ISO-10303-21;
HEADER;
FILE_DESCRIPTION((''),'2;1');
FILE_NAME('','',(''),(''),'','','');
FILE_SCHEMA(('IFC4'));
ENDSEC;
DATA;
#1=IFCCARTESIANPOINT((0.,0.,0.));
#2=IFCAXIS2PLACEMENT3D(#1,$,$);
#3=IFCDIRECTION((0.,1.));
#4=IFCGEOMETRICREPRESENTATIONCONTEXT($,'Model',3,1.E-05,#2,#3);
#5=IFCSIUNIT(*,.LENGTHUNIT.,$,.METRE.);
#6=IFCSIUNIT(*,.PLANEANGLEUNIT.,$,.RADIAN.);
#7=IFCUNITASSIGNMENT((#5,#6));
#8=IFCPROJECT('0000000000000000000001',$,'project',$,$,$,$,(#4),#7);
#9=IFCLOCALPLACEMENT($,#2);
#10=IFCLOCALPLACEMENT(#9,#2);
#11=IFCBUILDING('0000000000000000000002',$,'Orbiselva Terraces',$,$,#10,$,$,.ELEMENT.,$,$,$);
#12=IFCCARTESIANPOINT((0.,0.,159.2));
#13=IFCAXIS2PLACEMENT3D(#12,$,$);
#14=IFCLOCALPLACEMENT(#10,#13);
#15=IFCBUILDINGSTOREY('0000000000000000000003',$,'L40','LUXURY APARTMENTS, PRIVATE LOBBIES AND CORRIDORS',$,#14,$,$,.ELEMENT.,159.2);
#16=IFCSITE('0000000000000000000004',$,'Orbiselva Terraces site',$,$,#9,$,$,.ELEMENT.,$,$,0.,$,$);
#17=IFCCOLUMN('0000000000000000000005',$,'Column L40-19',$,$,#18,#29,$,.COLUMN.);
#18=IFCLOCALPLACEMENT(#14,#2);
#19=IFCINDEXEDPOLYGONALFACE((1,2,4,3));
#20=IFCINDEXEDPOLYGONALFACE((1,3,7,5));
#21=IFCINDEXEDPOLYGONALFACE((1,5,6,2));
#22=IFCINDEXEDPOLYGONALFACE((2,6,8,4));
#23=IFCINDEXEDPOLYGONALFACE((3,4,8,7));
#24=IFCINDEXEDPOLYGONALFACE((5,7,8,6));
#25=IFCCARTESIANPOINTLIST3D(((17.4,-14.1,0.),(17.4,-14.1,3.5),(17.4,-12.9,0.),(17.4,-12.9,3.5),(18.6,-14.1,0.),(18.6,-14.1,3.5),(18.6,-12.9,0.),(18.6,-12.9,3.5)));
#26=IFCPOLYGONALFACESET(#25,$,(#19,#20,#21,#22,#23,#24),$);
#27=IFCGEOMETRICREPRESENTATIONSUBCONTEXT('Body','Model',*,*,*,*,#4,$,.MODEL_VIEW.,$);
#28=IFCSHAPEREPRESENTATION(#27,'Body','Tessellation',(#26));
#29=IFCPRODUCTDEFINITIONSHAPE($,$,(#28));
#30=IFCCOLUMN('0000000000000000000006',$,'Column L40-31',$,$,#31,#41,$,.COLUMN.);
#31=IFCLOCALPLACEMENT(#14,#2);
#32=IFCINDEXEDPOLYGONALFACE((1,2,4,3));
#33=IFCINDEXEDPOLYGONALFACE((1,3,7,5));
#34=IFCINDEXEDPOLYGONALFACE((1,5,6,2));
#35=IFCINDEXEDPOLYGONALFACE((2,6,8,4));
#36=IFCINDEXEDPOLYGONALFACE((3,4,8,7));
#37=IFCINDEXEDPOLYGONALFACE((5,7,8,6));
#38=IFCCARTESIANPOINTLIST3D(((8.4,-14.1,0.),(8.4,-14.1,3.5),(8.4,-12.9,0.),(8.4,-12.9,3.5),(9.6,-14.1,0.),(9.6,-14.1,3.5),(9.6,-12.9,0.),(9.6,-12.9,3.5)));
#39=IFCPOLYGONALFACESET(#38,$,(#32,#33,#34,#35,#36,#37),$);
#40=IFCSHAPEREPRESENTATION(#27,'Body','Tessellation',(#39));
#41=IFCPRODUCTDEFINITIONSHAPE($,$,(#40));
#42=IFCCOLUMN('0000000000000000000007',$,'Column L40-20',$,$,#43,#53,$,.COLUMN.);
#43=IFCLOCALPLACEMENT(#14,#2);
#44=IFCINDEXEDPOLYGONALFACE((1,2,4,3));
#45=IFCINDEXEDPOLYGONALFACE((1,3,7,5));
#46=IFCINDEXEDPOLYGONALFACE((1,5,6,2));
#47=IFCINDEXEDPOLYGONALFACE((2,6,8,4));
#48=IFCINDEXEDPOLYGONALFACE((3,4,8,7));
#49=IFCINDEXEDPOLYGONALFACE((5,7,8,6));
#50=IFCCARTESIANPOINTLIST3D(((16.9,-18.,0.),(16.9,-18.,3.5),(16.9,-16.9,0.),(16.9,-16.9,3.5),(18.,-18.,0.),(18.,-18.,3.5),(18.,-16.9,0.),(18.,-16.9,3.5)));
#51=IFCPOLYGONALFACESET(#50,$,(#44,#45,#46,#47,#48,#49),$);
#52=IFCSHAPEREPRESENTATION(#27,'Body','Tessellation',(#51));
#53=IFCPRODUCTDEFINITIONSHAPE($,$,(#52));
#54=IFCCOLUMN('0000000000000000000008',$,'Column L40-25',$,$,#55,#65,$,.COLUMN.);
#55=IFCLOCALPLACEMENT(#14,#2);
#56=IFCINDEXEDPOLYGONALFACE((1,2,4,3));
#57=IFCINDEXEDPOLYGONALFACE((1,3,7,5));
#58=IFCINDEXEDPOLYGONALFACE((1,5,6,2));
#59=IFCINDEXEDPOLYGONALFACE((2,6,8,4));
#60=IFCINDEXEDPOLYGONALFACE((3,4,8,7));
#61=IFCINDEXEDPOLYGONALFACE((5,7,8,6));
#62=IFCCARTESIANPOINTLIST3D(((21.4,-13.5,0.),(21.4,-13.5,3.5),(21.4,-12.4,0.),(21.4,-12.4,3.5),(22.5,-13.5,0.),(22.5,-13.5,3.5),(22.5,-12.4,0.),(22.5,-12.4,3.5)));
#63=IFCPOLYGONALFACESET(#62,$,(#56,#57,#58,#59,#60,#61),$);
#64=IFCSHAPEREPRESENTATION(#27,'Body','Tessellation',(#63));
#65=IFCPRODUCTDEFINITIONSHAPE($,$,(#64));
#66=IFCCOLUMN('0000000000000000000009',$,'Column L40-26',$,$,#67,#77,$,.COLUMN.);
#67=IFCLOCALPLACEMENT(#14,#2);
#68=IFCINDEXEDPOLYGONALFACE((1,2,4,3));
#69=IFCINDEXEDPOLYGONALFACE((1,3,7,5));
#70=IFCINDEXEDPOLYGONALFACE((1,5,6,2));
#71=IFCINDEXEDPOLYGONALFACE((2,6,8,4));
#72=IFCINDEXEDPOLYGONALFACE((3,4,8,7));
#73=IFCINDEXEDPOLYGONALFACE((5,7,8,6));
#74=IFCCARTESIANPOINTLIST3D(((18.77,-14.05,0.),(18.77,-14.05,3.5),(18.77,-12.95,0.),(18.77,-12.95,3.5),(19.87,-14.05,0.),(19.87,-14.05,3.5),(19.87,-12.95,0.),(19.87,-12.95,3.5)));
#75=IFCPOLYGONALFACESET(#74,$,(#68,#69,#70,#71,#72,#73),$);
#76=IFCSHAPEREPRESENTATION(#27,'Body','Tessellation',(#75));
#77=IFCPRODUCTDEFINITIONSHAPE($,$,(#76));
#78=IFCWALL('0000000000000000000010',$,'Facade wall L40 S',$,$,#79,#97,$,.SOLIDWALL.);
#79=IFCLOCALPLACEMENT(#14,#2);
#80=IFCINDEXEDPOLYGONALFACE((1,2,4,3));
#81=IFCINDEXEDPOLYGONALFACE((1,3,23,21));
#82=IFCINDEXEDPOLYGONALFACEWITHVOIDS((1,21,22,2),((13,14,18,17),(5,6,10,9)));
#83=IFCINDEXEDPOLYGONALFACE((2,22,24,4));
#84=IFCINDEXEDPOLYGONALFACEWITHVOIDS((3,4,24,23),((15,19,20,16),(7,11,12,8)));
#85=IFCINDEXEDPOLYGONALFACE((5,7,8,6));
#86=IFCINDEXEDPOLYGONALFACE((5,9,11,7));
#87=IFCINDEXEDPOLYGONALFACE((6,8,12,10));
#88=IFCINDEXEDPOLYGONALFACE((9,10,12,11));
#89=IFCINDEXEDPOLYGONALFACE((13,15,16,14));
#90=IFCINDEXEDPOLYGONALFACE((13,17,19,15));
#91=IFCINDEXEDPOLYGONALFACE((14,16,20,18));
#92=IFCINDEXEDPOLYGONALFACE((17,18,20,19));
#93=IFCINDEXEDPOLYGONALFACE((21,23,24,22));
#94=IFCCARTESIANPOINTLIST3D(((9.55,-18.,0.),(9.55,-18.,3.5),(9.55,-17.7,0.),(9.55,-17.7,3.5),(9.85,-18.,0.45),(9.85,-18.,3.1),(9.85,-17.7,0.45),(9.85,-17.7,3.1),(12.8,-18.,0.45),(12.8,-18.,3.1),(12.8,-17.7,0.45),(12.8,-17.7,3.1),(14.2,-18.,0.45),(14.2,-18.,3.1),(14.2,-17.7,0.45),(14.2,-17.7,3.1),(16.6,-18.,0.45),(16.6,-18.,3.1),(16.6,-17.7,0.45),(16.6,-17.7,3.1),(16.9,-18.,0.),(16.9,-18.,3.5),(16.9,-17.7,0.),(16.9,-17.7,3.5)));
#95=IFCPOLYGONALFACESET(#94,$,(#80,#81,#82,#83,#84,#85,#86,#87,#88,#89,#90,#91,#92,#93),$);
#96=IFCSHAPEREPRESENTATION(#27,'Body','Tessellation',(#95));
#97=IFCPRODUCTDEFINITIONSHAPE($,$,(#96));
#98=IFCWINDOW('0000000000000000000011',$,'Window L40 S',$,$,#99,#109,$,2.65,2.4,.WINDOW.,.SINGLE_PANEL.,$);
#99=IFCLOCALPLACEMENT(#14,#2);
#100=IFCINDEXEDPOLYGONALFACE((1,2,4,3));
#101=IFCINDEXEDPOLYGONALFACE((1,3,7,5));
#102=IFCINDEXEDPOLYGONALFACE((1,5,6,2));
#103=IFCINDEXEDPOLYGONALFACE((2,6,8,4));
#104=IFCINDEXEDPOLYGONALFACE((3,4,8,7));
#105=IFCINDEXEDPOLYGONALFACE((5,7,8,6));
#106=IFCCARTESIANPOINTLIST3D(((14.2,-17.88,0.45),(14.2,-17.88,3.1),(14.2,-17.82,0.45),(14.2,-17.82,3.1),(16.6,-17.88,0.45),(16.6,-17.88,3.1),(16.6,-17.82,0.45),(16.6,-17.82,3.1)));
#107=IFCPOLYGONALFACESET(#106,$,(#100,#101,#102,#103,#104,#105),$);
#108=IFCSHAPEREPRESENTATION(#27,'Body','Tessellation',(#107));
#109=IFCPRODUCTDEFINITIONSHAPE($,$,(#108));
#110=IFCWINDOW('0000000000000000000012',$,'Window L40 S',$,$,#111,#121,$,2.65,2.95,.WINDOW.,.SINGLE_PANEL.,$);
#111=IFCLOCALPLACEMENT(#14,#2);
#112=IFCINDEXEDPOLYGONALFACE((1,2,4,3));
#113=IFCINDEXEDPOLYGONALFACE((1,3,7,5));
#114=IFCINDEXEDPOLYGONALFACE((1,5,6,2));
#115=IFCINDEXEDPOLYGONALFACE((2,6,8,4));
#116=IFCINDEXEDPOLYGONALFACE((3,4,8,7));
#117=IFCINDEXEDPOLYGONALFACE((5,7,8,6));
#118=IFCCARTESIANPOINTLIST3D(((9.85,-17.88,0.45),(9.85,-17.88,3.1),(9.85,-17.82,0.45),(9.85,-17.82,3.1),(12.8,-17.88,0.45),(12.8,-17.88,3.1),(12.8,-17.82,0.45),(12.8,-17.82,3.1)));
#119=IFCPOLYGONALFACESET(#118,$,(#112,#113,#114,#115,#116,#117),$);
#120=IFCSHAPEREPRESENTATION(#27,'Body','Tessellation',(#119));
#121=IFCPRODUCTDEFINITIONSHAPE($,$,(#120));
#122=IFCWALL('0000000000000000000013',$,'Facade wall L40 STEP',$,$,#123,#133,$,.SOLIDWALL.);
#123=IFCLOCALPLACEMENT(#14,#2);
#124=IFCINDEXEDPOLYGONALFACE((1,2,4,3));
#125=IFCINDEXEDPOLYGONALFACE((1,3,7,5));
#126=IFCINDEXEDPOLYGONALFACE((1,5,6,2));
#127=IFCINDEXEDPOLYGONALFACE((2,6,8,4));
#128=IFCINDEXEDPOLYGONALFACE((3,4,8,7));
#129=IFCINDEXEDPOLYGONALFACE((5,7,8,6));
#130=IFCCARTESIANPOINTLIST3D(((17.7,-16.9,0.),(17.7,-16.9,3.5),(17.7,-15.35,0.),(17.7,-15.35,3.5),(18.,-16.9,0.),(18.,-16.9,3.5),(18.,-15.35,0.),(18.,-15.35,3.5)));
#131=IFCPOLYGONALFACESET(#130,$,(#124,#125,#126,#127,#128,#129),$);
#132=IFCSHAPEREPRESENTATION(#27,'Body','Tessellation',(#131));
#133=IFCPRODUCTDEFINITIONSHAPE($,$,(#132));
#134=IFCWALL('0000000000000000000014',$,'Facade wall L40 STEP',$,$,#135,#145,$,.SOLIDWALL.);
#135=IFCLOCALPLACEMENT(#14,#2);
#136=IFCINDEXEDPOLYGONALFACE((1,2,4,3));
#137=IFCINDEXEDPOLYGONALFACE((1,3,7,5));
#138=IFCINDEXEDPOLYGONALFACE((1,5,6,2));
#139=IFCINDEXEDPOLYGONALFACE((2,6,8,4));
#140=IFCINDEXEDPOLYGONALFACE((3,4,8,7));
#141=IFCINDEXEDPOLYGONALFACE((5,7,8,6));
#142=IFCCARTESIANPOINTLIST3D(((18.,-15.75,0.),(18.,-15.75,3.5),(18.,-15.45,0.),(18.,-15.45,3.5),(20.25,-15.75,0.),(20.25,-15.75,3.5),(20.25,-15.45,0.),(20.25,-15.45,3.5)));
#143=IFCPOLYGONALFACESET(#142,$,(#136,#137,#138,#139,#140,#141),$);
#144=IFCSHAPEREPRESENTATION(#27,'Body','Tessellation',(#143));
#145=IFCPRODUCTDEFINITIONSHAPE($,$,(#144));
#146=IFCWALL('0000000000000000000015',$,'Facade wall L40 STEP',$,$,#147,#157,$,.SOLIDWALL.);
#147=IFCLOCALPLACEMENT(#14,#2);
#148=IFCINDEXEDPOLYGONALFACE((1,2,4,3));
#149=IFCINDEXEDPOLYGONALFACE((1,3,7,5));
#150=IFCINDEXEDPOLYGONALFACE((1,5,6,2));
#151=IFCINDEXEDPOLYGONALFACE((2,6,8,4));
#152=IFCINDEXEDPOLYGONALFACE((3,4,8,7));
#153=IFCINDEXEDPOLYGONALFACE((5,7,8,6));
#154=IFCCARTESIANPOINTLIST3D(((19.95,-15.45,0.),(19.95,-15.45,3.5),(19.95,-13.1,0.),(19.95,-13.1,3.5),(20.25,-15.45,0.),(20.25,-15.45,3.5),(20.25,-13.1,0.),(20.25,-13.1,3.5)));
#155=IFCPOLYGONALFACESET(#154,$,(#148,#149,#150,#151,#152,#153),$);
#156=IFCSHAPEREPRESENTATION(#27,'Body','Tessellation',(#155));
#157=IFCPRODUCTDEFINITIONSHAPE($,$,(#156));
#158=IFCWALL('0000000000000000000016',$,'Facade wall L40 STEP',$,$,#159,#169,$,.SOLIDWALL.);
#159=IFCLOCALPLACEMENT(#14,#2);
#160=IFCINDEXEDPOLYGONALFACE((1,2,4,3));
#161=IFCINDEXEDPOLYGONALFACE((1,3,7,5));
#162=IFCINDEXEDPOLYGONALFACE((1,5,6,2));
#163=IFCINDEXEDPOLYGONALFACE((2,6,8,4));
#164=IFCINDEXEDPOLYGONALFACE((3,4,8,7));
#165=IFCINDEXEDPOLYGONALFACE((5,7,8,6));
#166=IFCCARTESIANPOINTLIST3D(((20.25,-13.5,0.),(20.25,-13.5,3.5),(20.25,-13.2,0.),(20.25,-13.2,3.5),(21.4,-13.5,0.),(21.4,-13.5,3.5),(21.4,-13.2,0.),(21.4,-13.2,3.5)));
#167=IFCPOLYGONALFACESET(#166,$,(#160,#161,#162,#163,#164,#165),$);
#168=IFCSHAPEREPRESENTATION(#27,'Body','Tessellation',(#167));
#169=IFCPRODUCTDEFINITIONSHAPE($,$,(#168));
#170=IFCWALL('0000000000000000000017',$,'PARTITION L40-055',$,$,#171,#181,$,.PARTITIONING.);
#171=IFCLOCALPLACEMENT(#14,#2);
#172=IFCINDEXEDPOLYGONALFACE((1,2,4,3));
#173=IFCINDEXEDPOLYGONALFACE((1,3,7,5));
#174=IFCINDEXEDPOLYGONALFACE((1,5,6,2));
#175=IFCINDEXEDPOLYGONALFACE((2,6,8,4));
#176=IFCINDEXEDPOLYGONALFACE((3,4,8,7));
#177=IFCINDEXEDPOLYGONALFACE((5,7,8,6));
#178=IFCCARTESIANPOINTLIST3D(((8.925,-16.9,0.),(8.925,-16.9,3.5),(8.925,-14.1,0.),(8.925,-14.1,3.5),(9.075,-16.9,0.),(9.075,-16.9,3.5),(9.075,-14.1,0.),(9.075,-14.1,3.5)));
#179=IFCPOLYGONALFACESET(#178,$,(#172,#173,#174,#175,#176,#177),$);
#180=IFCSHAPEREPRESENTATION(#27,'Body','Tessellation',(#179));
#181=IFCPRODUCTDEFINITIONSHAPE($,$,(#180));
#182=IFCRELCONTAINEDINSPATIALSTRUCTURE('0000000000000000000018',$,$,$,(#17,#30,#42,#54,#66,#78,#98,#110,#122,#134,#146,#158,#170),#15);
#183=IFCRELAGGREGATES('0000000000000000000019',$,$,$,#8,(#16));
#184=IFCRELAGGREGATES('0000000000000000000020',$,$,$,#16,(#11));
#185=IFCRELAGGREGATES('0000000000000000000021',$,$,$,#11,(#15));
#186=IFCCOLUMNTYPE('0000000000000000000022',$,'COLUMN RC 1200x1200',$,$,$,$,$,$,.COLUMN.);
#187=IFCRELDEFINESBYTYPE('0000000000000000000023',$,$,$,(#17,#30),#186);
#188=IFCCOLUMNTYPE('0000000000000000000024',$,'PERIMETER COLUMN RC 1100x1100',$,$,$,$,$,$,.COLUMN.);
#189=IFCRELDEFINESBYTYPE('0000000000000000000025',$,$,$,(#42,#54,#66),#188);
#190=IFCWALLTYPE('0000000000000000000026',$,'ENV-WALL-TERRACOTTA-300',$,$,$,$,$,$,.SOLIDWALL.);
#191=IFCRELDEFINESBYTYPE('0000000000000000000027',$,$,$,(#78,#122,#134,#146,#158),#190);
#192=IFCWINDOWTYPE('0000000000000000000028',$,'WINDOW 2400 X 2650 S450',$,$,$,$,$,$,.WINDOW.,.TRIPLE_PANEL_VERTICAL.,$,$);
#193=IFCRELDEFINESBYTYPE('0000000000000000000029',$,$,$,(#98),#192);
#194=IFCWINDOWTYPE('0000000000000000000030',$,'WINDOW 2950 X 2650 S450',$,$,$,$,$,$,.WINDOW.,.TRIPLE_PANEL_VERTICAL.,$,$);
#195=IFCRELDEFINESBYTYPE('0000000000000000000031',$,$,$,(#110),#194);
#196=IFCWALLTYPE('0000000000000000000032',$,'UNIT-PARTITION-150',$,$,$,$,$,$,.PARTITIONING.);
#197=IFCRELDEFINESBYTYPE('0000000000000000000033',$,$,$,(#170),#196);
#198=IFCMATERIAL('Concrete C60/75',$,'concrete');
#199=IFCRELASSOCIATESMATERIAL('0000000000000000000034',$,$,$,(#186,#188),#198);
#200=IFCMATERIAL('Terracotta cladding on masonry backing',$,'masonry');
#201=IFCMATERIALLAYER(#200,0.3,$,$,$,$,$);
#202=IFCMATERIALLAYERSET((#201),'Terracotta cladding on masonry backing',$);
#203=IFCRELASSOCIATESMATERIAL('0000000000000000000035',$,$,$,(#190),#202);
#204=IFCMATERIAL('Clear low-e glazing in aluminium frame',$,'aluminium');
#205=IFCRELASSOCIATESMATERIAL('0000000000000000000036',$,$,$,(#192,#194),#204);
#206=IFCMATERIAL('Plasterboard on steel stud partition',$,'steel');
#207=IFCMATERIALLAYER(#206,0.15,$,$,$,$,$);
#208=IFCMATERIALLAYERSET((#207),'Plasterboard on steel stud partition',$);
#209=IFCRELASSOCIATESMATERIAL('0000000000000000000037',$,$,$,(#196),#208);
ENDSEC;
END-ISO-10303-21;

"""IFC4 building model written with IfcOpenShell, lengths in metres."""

from ifc_helpers import new_model, si_unit, direction, frame, frame_2d, origin, origin_2d, place, context, subcontext, project, spatial, rectangle, extrude, material, layer, layer_set, material_profile, profile_set, type_object, element, fill, save


model = new_model("IFC4")

# Units and contexts
model_context = context("Model", 3, precision=1e-05, world=origin(), true_north=direction((0.0, 1.0)))
body_context = subcontext(model_context, "Body", "Model", "MODEL_VIEW")
ifc_project = project(units=[si_unit("LENGTHUNIT", "METRE"), si_unit("PLANEANGLEUNIT", "RADIAN")], contexts=[model_context])

# Site, building, storey
site_placement = place(None, origin())
site = spatial("IfcSite", under=ifc_project, at=site_placement, Name="Orbiselva Terraces site", CompositionType="ELEMENT", RefElevation=0.0)
building_placement = place(site_placement, origin())
building = spatial("IfcBuilding", under=site, at=building_placement, Name="Orbiselva Terraces", CompositionType="ELEMENT")
storey_placement = place(building_placement, frame((0.0, 0.0, 159.2)))
storey = spatial("IfcBuildingStorey", under=building, at=storey_placement, Name="L40", Description="LUXURY APARTMENTS, PRIVATE LOBBIES AND CORRIDORS", CompositionType="ELEMENT", Elevation=159.2)

# Columns
ifc_material_1 = material(Name="Concrete C60/75", Category="concrete")
ifc_material_profile_1 = material_profile(ifc_material_1, rectangle(XDim=1.2, YDim=1.2, at=origin_2d()), Name="RC 1200x1200")
ifc_profile_set_1 = profile_set([ifc_material_profile_1], Name="Concrete C60/75")
column_type_1 = type_object("IfcColumnType", Name="COLUMN RC 1200x1200", PredefinedType="COLUMN", material=ifc_profile_set_1)
for number, where, z_axis, x_axis, name in (
    (1, (18.0, -13.5, 0.0), (0.0, 0.0, 1.0), (1.0, 0.0, 0.0), "Column L40-19"),
    (2, (9.0, -13.5, 0.0), (0.0, 0.0, 1.0), (1.0, 0.0, 0.0), "Column L40-31"),
):
    element("IfcColumn", number, at=place(storey_placement, frame(where, z_axis=z_axis, x_axis=x_axis)), inside=storey, type_object=column_type_1, Name=name, PredefinedType="COLUMN", context=body_context, shape_type="SweptSolid", body=[
        extrude(rectangle(XDim=1.2, YDim=1.2, at=origin_2d()), origin(), (0.0, 0.0, 1.0), 3.5),
    ])
ifc_material_profile_2 = material_profile(ifc_material_1, rectangle(XDim=1.1, YDim=1.1, at=origin_2d()), Name="RC 1100x1100")
ifc_profile_set_2 = profile_set([ifc_material_profile_2], Name="Concrete C60/75")
column_type_2 = type_object("IfcColumnType", Name="PERIMETER COLUMN RC 1100x1100", PredefinedType="COLUMN", material=ifc_profile_set_2)
for number, where, z_axis, x_axis, name in (
    (3, (17.45, -17.45, 0.0), (0.0, 0.0, 1.0), (1.0, 0.0, 0.0), "Column L40-20"),
    (4, (21.95, -12.95, 0.0), (0.0, 0.0, 1.0), (1.0, 0.0, 0.0), "Column L40-25"),
    (5, (19.32, -13.5, 0.0), (0.0, 0.0, 1.0), (1.0, 0.0, 0.0), "Column L40-26"),
):
    element("IfcColumn", number, at=place(storey_placement, frame(where, z_axis=z_axis, x_axis=x_axis)), inside=storey, type_object=column_type_2, Name=name, PredefinedType="COLUMN", context=body_context, shape_type="SweptSolid", body=[
        extrude(rectangle(XDim=1.1, YDim=1.1, at=origin_2d()), origin(), (0.0, 0.0, 1.0), 3.5),
    ])

# Wall, openings, windows
ifc_material_2 = material(Name="Terracotta cladding on masonry backing", Category="masonry")
ifc_layer_1 = layer(ifc_material_2, 0.3)
ifc_layer_set_1 = layer_set([ifc_layer_1], Name="Terracotta cladding on masonry backing")
wall_type_1 = type_object("IfcWallType", Name="ENV-WALL-TERRACOTTA-300", PredefinedType="SOLIDWALL", material=ifc_layer_set_1)
wall_1_placement = place(storey_placement, frame((16.9, -17.85, 0.0), z_axis=(0.0, 0.0, 1.0), x_axis=(-1.0, 0.0, 0.0)))
wall_1 = element("IfcWall", 6, at=wall_1_placement, inside=storey, type_object=wall_type_1, Name="Facade wall L40 S", PredefinedType="SOLIDWALL", context=body_context, shape_type="SweptSolid", body=[
    extrude(rectangle(XDim=7.35, YDim=0.3, at=frame_2d((3.675, 0.0))), origin(), (0.0, 0.0, 1.0), 3.5),
])
opening_1_placement = place(wall_1_placement, frame((4.1, 0.0, 0.45)))
opening_1 = element("IfcOpeningElement", 7, at=opening_1_placement, cuts=wall_1, PredefinedType="OPENING", context=body_context, shape_type="SweptSolid", body=[
    extrude(rectangle(XDim=2.95, YDim=2.65, at=frame_2d((1.475, 1.325))), frame((0.0, 0.16, 0.0), z_axis=(0.0, -1.0, 0.0), x_axis=(1.0, 0.0, 0.0)), (0.0, 0.0, 1.0), 0.32),
])
opening_2_placement = place(wall_1_placement, frame((0.3, 0.0, 0.45)))
opening_2 = element("IfcOpeningElement", 8, at=opening_2_placement, cuts=wall_1, PredefinedType="OPENING", context=body_context, shape_type="SweptSolid", body=[
    extrude(rectangle(XDim=2.4, YDim=2.65, at=frame_2d((1.2, 1.325))), frame((0.0, 0.16, 0.0), z_axis=(0.0, -1.0, 0.0), x_axis=(1.0, 0.0, 0.0)), (0.0, 0.0, 1.0), 0.32),
])
ifc_material_3 = material(Name="Clear low-e glazing in aluminium frame", Category="aluminium")
window_type_1 = type_object("IfcWindowType", Name="WINDOW 2400 X 2650 S450", PartitioningType="TRIPLE_PANEL_VERTICAL", PredefinedType="WINDOW", material=ifc_material_3)
window_1_placement = place(opening_2_placement, origin())
window_1 = element("IfcWindow", 9, at=window_1_placement, inside=storey, type_object=window_type_1, Name="Window L40 S", OverallHeight=2.65, OverallWidth=2.4, PartitioningType="SINGLE_PANEL", PredefinedType="WINDOW", context=body_context, shape_type="SweptSolid", body=[
    extrude(rectangle(XDim=2.4, YDim=2.65, at=frame_2d((1.2, 1.325))), frame((0.0, 0.03, 0.0), z_axis=(0.0, -1.0, 0.0), x_axis=(1.0, 0.0, 0.0)), (0.0, 0.0, 1.0), 0.06),
])
fill(opening_2, window_1)
window_type_2 = type_object("IfcWindowType", Name="WINDOW 2950 X 2650 S450", PartitioningType="TRIPLE_PANEL_VERTICAL", PredefinedType="WINDOW", material=ifc_material_3)
window_2_placement = place(opening_1_placement, origin())
window_2 = element("IfcWindow", 10, at=window_2_placement, inside=storey, type_object=window_type_2, Name="Window L40 S", OverallHeight=2.65, OverallWidth=2.95, PartitioningType="SINGLE_PANEL", PredefinedType="WINDOW", context=body_context, shape_type="SweptSolid", body=[
    extrude(rectangle(XDim=2.95, YDim=2.65, at=frame_2d((1.475, 1.325))), frame((0.0, 0.03, 0.0), z_axis=(0.0, -1.0, 0.0), x_axis=(1.0, 0.0, 0.0)), (0.0, 0.0, 1.0), 0.06),
])
fill(opening_1, window_2)

# Walls
wall_2_placement = place(storey_placement, frame((17.85, -15.35, 0.0), z_axis=(0.0, 0.0, 1.0), x_axis=(0.0, -1.0, 0.0)))
element("IfcWall", 11, at=wall_2_placement, inside=storey, type_object=wall_type_1, Name="Facade wall L40 STEP", PredefinedType="SOLIDWALL", context=body_context, shape_type="SweptSolid", body=[
    extrude(rectangle(XDim=1.55, YDim=0.3, at=frame_2d((0.775, 0.0))), origin(), (0.0, 0.0, 1.0), 3.5),
])
wall_3_placement = place(storey_placement, frame((20.25, -15.6, 0.0), z_axis=(0.0, 0.0, 1.0), x_axis=(-1.0, 0.0, 0.0)))
element("IfcWall", 12, at=wall_3_placement, inside=storey, type_object=wall_type_1, Name="Facade wall L40 STEP", PredefinedType="SOLIDWALL", context=body_context, shape_type="SweptSolid", body=[
    extrude(rectangle(XDim=2.25, YDim=0.3, at=frame_2d((1.125, 0.0))), origin(), (0.0, 0.0, 1.0), 3.5),
])
wall_4_placement = place(storey_placement, frame((20.1, -13.1, 0.0), z_axis=(0.0, 0.0, 1.0), x_axis=(0.0, -1.0, 0.0)))
element("IfcWall", 13, at=wall_4_placement, inside=storey, type_object=wall_type_1, Name="Facade wall L40 STEP", PredefinedType="SOLIDWALL", context=body_context, shape_type="SweptSolid", body=[
    extrude(rectangle(XDim=2.35, YDim=0.3, at=frame_2d((1.175, 0.0))), origin(), (0.0, 0.0, 1.0), 3.5),
])
wall_5_placement = place(storey_placement, frame((21.4, -13.35, 0.0), z_axis=(0.0, 0.0, 1.0), x_axis=(-1.0, 0.0, 0.0)))
element("IfcWall", 14, at=wall_5_placement, inside=storey, type_object=wall_type_1, Name="Facade wall L40 STEP", PredefinedType="SOLIDWALL", context=body_context, shape_type="SweptSolid", body=[
    extrude(rectangle(XDim=1.15, YDim=0.3, at=frame_2d((0.575, 0.0))), origin(), (0.0, 0.0, 1.0), 3.5),
])
ifc_material_4 = material(Name="Plasterboard on steel stud partition", Category="steel")
ifc_layer_2 = layer(ifc_material_4, 0.15)
ifc_layer_set_2 = layer_set([ifc_layer_2], Name="Plasterboard on steel stud partition")
wall_type_2 = type_object("IfcWallType", Name="UNIT-PARTITION-150", PredefinedType="PARTITIONING", material=ifc_layer_set_2)
wall_6_placement = place(storey_placement, frame((9.0, -16.9, 0.0), z_axis=(0.0, 0.0, 1.0), x_axis=(0.0, 1.0, 0.0)))
element("IfcWall", 15, at=wall_6_placement, inside=storey, type_object=wall_type_2, Name="PARTITION L40-055", PredefinedType="PARTITIONING", context=body_context, shape_type="SweptSolid", body=[
    extrude(rectangle(XDim=2.8, YDim=0.15, at=frame_2d((1.4, 0.0))), origin(), (0.0, 0.0, 1.0), 3.5),
])

save(model, "model.ifc")
